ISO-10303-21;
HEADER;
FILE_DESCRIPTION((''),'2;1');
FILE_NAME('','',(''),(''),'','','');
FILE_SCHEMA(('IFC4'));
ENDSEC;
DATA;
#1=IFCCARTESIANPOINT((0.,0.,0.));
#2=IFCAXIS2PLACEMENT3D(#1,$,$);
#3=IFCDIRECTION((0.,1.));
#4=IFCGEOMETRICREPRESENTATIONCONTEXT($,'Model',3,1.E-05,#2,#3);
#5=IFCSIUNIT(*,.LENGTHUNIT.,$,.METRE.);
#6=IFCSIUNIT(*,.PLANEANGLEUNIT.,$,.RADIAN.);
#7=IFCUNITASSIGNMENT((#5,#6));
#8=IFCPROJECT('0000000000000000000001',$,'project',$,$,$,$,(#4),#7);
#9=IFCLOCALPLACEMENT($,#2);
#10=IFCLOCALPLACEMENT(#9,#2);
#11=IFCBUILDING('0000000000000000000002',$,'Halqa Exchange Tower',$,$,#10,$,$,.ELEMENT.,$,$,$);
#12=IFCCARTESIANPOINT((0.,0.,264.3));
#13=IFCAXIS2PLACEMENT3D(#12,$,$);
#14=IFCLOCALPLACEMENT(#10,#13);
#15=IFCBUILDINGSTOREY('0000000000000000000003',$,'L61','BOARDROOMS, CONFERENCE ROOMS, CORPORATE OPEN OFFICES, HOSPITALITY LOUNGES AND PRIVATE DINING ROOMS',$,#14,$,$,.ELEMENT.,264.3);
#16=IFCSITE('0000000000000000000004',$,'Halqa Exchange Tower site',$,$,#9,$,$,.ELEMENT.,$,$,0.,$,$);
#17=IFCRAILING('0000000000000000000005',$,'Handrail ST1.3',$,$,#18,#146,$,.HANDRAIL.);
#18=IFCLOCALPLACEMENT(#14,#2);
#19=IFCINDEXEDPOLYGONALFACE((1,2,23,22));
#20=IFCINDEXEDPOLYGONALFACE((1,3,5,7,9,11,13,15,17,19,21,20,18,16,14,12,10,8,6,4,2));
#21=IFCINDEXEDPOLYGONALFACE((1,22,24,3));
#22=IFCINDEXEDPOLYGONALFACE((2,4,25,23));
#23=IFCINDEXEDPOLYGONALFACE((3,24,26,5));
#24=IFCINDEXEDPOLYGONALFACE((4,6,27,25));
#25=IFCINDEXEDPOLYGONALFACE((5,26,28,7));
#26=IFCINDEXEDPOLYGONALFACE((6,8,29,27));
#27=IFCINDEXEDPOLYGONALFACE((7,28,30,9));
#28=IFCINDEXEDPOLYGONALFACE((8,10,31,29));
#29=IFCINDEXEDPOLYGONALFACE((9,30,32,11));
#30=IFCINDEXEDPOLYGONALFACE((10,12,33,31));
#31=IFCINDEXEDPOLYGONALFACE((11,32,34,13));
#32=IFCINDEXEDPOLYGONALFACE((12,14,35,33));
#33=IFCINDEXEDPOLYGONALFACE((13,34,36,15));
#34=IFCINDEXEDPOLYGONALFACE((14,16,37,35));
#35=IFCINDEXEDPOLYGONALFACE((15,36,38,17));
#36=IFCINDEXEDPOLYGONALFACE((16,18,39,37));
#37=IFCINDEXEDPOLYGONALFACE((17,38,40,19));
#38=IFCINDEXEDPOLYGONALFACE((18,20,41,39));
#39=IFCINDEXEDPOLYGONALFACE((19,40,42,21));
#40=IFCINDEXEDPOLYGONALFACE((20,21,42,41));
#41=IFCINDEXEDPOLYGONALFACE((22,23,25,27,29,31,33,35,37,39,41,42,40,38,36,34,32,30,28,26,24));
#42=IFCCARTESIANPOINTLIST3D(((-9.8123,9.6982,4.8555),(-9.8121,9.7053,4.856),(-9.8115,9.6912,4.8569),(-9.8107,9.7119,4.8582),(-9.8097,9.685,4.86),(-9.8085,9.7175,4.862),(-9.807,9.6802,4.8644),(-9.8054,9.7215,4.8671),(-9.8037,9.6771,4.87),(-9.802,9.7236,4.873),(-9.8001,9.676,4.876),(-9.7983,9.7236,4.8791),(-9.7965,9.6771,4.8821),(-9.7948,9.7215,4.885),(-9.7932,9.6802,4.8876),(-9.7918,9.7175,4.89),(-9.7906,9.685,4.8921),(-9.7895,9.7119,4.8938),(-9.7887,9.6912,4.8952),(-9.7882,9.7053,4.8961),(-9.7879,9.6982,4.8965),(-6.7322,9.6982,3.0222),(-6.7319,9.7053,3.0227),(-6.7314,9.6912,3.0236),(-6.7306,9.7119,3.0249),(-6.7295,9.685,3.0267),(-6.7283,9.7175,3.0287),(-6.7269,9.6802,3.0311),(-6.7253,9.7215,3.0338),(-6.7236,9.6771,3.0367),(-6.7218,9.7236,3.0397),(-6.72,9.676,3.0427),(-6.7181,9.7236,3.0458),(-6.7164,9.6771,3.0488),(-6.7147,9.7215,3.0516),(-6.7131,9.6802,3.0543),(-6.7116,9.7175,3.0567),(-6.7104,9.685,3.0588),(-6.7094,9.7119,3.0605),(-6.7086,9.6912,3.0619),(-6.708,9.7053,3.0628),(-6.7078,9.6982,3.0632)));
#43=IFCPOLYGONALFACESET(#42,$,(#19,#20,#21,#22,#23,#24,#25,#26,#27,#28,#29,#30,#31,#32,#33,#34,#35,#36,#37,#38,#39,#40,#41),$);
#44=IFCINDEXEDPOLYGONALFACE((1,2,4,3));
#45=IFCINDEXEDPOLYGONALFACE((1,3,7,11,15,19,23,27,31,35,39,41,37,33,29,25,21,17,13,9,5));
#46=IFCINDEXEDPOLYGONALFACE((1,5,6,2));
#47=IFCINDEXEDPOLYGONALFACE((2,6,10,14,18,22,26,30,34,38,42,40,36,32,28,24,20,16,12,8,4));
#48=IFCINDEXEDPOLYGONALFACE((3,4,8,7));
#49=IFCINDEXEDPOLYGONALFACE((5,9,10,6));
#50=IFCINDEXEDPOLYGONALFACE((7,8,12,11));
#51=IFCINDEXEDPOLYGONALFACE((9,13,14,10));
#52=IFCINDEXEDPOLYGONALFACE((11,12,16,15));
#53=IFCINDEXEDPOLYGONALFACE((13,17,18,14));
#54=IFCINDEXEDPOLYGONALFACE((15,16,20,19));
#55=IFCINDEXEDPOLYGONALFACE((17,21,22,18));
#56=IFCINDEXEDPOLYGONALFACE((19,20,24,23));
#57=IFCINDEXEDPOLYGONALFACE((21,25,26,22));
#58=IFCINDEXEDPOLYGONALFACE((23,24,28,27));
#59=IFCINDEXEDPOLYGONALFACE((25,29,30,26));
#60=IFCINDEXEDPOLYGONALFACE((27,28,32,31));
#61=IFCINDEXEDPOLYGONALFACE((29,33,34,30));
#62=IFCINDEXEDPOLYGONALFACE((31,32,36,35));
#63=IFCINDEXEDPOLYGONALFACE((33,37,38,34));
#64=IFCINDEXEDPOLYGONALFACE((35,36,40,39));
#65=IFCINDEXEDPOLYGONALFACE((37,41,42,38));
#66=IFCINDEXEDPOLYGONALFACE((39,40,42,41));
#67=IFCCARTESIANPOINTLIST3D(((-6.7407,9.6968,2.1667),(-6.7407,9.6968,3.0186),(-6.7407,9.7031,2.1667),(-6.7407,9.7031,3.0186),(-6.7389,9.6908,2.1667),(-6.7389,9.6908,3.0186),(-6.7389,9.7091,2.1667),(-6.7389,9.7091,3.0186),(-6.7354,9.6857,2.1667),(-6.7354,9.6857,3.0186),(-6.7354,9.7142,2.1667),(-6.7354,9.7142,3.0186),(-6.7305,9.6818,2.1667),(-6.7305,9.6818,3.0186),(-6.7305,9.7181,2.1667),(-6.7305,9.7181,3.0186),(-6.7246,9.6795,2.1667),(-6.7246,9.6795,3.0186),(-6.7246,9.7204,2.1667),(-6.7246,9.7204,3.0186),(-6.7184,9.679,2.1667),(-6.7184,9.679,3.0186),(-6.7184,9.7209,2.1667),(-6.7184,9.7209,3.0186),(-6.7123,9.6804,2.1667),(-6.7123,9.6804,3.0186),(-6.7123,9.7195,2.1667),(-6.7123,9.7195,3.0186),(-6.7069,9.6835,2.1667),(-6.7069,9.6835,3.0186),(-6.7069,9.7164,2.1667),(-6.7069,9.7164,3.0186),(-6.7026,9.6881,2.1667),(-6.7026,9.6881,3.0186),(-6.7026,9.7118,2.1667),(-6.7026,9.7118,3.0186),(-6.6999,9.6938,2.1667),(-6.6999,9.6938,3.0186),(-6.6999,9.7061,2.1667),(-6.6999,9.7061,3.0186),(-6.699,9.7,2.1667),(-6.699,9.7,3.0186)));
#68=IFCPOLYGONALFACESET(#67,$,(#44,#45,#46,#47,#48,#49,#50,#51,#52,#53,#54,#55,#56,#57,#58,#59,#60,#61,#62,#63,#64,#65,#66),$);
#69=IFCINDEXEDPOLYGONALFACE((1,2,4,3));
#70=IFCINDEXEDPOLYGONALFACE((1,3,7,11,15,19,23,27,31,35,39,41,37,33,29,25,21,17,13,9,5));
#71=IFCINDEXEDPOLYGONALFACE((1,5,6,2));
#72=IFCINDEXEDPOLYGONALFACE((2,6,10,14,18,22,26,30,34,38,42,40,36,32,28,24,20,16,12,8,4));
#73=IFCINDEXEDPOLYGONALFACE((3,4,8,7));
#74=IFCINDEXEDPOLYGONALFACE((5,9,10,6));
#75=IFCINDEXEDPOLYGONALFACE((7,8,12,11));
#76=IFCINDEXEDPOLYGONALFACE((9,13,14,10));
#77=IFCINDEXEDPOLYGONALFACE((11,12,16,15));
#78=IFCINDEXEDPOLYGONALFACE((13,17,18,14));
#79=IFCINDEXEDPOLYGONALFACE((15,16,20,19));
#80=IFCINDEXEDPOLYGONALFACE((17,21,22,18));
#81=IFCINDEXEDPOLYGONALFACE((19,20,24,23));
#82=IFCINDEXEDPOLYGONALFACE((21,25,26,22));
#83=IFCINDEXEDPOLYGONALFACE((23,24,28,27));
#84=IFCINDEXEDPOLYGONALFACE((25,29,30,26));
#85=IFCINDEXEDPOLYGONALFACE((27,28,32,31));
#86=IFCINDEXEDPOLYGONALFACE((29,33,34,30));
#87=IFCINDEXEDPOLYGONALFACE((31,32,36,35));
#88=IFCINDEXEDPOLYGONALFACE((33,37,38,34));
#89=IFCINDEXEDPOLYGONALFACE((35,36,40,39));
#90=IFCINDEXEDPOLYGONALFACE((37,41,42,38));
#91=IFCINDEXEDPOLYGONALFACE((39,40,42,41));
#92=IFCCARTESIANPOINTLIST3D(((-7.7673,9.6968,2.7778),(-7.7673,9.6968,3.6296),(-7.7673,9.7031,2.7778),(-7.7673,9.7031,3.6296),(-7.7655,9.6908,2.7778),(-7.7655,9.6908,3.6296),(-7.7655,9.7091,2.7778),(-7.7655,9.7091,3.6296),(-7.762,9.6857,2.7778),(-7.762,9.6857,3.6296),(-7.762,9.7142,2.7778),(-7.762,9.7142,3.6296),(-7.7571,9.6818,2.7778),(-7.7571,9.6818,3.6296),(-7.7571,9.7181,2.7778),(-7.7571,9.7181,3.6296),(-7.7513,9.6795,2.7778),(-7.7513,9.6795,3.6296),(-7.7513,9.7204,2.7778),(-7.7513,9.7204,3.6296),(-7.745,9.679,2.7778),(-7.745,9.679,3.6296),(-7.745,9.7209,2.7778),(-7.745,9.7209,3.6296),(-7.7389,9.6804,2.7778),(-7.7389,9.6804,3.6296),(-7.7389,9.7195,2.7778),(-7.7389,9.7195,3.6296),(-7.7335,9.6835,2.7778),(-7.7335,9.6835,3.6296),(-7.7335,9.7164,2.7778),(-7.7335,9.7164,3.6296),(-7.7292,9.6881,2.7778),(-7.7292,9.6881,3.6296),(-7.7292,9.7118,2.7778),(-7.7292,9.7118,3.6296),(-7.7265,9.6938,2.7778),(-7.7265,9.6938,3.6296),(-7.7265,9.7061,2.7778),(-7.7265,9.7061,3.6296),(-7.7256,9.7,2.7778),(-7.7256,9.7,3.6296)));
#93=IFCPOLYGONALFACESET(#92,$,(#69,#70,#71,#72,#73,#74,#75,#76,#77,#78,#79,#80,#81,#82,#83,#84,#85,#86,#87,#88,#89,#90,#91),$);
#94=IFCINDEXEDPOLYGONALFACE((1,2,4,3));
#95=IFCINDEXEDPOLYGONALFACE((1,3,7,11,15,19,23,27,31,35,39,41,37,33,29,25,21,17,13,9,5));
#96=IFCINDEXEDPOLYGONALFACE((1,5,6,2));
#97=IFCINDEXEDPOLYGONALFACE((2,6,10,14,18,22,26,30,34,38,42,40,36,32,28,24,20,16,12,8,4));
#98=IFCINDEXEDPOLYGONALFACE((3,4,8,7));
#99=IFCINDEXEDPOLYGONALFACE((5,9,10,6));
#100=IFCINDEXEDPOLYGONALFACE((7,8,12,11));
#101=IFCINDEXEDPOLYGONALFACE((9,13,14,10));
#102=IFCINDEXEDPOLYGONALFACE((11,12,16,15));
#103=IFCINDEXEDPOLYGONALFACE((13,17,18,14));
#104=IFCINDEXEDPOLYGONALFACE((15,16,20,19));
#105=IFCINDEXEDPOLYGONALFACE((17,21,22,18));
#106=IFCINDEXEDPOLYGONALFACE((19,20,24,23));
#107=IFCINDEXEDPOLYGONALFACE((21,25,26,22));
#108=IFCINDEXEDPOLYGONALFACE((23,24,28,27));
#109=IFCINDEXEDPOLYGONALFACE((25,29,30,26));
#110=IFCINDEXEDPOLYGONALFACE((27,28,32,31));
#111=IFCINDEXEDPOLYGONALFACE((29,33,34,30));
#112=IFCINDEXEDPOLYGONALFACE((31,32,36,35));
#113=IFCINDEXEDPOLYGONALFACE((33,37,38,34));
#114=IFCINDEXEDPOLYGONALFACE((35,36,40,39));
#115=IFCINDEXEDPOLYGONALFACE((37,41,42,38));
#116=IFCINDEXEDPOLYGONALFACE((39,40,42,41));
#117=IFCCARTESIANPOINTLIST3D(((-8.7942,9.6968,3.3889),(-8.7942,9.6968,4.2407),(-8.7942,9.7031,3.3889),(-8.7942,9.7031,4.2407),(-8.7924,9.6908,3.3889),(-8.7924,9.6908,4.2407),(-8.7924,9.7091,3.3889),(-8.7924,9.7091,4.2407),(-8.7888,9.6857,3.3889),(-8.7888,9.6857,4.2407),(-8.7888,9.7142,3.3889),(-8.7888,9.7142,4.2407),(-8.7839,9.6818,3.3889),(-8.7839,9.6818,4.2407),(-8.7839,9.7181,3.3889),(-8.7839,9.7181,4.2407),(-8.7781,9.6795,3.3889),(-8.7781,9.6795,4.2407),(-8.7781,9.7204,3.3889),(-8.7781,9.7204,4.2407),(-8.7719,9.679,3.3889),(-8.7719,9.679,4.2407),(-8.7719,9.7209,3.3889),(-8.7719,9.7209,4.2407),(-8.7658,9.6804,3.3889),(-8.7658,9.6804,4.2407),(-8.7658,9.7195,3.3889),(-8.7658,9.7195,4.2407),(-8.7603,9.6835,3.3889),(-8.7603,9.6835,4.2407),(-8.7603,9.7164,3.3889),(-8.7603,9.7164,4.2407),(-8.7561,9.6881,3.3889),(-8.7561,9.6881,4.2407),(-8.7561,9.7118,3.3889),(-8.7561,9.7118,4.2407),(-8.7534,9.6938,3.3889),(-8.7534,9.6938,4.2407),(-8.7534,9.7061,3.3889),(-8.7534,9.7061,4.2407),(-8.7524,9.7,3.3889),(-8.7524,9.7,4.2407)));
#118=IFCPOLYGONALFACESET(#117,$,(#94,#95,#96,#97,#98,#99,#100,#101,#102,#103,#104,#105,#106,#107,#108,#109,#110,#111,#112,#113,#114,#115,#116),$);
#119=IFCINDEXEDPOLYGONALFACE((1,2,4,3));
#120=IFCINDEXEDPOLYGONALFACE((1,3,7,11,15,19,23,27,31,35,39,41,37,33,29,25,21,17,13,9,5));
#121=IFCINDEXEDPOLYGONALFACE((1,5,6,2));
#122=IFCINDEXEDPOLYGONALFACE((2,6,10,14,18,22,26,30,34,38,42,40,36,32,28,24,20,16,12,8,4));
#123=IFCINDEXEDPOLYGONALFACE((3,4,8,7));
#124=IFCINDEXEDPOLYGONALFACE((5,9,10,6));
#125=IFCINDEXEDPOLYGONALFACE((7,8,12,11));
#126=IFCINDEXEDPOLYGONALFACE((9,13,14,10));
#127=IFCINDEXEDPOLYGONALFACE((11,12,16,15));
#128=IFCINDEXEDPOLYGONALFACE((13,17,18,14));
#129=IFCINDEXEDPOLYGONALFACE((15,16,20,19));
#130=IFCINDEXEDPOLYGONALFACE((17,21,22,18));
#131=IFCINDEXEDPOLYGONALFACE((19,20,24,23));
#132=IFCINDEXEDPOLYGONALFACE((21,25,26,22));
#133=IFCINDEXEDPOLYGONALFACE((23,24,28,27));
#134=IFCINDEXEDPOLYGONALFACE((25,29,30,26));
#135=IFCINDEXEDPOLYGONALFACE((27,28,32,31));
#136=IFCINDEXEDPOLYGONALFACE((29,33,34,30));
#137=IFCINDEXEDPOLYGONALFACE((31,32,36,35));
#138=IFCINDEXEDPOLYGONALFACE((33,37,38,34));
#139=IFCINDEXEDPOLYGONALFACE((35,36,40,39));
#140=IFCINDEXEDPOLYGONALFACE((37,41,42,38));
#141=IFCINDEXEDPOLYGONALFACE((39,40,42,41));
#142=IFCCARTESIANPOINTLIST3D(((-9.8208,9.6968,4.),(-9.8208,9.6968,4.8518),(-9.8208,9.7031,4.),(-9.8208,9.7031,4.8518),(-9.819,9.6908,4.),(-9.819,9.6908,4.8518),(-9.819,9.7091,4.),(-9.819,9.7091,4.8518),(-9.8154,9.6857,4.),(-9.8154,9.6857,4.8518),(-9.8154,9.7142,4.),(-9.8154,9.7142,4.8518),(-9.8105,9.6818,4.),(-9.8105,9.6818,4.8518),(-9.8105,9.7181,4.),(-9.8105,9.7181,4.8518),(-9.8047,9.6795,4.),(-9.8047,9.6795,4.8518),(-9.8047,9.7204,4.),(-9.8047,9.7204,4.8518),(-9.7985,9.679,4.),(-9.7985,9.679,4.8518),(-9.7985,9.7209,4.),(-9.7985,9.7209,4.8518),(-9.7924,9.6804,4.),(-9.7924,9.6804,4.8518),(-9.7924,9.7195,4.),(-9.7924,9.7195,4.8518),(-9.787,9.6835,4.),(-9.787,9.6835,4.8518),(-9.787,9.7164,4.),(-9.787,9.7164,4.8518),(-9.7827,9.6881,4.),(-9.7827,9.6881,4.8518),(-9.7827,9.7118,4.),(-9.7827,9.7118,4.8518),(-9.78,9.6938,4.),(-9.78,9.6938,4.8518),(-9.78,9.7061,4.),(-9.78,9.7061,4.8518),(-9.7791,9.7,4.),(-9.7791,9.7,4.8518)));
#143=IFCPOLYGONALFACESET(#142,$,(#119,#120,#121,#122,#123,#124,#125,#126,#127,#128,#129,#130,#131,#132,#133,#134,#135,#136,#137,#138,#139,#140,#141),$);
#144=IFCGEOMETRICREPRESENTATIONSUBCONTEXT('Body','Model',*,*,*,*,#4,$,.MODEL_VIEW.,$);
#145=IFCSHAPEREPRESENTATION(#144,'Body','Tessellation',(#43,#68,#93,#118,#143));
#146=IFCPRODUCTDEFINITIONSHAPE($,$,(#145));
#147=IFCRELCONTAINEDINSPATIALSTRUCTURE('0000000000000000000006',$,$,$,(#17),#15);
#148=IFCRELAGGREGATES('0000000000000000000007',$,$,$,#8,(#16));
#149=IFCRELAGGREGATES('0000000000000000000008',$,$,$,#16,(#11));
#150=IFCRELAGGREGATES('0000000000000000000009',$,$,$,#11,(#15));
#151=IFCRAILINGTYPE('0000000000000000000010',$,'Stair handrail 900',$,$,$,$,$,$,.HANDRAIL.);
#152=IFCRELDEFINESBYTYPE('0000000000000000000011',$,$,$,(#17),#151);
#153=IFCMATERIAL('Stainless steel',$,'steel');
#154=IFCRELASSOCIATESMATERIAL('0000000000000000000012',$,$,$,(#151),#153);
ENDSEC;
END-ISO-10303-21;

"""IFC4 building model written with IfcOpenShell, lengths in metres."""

from ifc_helpers import new_model, si_unit, direction, frame, origin, origin_2d, place, context, subcontext, project, spatial, circle, extrude, material, type_object, element, save


model = new_model("IFC4")

# Units and contexts
model_context = context("Model", 3, precision=1e-05, world=origin(), true_north=direction((0.0, 1.0)))
body_context = subcontext(model_context, "Body", "Model", "MODEL_VIEW")
ifc_project = project(units=[si_unit("LENGTHUNIT", "METRE"), si_unit("PLANEANGLEUNIT", "RADIAN")], contexts=[model_context])

# Site, building, storey
site_placement = place(None, origin())
site = spatial("IfcSite", under=ifc_project, at=site_placement, Name="Halqa Exchange Tower site", CompositionType="ELEMENT", RefElevation=0.0)
building_placement = place(site_placement, origin())
building = spatial("IfcBuilding", under=site, at=building_placement, Name="Halqa Exchange Tower", CompositionType="ELEMENT")
storey_placement = place(building_placement, frame((0.0, 0.0, 264.3)))
storey = spatial("IfcBuildingStorey", under=building, at=storey_placement, Name="L61", Description="BOARDROOMS, CONFERENCE ROOMS, CORPORATE OPEN OFFICES, HOSPITALITY LOUNGES AND PRIVATE DINING ROOMS", CompositionType="ELEMENT", Elevation=264.3)

# Railing
ifc_material_1 = material(Name="Stainless steel", Category="steel")
railing_type_1 = type_object("IfcRailingType", Name="Stair handrail 900", PredefinedType="HANDRAIL", material=ifc_material_1)
railing_1_placement = place(storey_placement, frame((-6.72, 9.7, 2.1667)))
element("IfcRailing", 1, at=railing_1_placement, inside=storey, type_object=railing_type_1, Name="Handrail ST1.3", PredefinedType="HANDRAIL", context=body_context, shape_type="SweptSolid", body=[
    extrude(circle(Radius=0.0239, at=origin_2d()), frame((0.0, 0.0, 0.876), z_axis=(-0.859309, 0.0, 0.511458), x_axis=(0.0, -1.0, 0.0)), (0.0, 0.0, 1.0), 3.5845),
    extrude(circle(Radius=0.021, at=origin_2d()), origin(), (0.0, 0.0, 1.0), 0.8518),
    extrude(circle(Radius=0.021, at=origin_2d()), frame((-1.0266, 0.0, 0.6111)), (0.0, 0.0, 1.0), 0.8518),
    extrude(circle(Radius=0.021, at=origin_2d()), frame((-2.0535, 0.0, 1.2222)), (0.0, 0.0, 1.0), 0.8518),
    extrude(circle(Radius=0.021, at=origin_2d()), frame((-3.0801, 0.0, 1.8333)), (0.0, 0.0, 1.0), 0.8518),
])

save(model, "model.ifc")
